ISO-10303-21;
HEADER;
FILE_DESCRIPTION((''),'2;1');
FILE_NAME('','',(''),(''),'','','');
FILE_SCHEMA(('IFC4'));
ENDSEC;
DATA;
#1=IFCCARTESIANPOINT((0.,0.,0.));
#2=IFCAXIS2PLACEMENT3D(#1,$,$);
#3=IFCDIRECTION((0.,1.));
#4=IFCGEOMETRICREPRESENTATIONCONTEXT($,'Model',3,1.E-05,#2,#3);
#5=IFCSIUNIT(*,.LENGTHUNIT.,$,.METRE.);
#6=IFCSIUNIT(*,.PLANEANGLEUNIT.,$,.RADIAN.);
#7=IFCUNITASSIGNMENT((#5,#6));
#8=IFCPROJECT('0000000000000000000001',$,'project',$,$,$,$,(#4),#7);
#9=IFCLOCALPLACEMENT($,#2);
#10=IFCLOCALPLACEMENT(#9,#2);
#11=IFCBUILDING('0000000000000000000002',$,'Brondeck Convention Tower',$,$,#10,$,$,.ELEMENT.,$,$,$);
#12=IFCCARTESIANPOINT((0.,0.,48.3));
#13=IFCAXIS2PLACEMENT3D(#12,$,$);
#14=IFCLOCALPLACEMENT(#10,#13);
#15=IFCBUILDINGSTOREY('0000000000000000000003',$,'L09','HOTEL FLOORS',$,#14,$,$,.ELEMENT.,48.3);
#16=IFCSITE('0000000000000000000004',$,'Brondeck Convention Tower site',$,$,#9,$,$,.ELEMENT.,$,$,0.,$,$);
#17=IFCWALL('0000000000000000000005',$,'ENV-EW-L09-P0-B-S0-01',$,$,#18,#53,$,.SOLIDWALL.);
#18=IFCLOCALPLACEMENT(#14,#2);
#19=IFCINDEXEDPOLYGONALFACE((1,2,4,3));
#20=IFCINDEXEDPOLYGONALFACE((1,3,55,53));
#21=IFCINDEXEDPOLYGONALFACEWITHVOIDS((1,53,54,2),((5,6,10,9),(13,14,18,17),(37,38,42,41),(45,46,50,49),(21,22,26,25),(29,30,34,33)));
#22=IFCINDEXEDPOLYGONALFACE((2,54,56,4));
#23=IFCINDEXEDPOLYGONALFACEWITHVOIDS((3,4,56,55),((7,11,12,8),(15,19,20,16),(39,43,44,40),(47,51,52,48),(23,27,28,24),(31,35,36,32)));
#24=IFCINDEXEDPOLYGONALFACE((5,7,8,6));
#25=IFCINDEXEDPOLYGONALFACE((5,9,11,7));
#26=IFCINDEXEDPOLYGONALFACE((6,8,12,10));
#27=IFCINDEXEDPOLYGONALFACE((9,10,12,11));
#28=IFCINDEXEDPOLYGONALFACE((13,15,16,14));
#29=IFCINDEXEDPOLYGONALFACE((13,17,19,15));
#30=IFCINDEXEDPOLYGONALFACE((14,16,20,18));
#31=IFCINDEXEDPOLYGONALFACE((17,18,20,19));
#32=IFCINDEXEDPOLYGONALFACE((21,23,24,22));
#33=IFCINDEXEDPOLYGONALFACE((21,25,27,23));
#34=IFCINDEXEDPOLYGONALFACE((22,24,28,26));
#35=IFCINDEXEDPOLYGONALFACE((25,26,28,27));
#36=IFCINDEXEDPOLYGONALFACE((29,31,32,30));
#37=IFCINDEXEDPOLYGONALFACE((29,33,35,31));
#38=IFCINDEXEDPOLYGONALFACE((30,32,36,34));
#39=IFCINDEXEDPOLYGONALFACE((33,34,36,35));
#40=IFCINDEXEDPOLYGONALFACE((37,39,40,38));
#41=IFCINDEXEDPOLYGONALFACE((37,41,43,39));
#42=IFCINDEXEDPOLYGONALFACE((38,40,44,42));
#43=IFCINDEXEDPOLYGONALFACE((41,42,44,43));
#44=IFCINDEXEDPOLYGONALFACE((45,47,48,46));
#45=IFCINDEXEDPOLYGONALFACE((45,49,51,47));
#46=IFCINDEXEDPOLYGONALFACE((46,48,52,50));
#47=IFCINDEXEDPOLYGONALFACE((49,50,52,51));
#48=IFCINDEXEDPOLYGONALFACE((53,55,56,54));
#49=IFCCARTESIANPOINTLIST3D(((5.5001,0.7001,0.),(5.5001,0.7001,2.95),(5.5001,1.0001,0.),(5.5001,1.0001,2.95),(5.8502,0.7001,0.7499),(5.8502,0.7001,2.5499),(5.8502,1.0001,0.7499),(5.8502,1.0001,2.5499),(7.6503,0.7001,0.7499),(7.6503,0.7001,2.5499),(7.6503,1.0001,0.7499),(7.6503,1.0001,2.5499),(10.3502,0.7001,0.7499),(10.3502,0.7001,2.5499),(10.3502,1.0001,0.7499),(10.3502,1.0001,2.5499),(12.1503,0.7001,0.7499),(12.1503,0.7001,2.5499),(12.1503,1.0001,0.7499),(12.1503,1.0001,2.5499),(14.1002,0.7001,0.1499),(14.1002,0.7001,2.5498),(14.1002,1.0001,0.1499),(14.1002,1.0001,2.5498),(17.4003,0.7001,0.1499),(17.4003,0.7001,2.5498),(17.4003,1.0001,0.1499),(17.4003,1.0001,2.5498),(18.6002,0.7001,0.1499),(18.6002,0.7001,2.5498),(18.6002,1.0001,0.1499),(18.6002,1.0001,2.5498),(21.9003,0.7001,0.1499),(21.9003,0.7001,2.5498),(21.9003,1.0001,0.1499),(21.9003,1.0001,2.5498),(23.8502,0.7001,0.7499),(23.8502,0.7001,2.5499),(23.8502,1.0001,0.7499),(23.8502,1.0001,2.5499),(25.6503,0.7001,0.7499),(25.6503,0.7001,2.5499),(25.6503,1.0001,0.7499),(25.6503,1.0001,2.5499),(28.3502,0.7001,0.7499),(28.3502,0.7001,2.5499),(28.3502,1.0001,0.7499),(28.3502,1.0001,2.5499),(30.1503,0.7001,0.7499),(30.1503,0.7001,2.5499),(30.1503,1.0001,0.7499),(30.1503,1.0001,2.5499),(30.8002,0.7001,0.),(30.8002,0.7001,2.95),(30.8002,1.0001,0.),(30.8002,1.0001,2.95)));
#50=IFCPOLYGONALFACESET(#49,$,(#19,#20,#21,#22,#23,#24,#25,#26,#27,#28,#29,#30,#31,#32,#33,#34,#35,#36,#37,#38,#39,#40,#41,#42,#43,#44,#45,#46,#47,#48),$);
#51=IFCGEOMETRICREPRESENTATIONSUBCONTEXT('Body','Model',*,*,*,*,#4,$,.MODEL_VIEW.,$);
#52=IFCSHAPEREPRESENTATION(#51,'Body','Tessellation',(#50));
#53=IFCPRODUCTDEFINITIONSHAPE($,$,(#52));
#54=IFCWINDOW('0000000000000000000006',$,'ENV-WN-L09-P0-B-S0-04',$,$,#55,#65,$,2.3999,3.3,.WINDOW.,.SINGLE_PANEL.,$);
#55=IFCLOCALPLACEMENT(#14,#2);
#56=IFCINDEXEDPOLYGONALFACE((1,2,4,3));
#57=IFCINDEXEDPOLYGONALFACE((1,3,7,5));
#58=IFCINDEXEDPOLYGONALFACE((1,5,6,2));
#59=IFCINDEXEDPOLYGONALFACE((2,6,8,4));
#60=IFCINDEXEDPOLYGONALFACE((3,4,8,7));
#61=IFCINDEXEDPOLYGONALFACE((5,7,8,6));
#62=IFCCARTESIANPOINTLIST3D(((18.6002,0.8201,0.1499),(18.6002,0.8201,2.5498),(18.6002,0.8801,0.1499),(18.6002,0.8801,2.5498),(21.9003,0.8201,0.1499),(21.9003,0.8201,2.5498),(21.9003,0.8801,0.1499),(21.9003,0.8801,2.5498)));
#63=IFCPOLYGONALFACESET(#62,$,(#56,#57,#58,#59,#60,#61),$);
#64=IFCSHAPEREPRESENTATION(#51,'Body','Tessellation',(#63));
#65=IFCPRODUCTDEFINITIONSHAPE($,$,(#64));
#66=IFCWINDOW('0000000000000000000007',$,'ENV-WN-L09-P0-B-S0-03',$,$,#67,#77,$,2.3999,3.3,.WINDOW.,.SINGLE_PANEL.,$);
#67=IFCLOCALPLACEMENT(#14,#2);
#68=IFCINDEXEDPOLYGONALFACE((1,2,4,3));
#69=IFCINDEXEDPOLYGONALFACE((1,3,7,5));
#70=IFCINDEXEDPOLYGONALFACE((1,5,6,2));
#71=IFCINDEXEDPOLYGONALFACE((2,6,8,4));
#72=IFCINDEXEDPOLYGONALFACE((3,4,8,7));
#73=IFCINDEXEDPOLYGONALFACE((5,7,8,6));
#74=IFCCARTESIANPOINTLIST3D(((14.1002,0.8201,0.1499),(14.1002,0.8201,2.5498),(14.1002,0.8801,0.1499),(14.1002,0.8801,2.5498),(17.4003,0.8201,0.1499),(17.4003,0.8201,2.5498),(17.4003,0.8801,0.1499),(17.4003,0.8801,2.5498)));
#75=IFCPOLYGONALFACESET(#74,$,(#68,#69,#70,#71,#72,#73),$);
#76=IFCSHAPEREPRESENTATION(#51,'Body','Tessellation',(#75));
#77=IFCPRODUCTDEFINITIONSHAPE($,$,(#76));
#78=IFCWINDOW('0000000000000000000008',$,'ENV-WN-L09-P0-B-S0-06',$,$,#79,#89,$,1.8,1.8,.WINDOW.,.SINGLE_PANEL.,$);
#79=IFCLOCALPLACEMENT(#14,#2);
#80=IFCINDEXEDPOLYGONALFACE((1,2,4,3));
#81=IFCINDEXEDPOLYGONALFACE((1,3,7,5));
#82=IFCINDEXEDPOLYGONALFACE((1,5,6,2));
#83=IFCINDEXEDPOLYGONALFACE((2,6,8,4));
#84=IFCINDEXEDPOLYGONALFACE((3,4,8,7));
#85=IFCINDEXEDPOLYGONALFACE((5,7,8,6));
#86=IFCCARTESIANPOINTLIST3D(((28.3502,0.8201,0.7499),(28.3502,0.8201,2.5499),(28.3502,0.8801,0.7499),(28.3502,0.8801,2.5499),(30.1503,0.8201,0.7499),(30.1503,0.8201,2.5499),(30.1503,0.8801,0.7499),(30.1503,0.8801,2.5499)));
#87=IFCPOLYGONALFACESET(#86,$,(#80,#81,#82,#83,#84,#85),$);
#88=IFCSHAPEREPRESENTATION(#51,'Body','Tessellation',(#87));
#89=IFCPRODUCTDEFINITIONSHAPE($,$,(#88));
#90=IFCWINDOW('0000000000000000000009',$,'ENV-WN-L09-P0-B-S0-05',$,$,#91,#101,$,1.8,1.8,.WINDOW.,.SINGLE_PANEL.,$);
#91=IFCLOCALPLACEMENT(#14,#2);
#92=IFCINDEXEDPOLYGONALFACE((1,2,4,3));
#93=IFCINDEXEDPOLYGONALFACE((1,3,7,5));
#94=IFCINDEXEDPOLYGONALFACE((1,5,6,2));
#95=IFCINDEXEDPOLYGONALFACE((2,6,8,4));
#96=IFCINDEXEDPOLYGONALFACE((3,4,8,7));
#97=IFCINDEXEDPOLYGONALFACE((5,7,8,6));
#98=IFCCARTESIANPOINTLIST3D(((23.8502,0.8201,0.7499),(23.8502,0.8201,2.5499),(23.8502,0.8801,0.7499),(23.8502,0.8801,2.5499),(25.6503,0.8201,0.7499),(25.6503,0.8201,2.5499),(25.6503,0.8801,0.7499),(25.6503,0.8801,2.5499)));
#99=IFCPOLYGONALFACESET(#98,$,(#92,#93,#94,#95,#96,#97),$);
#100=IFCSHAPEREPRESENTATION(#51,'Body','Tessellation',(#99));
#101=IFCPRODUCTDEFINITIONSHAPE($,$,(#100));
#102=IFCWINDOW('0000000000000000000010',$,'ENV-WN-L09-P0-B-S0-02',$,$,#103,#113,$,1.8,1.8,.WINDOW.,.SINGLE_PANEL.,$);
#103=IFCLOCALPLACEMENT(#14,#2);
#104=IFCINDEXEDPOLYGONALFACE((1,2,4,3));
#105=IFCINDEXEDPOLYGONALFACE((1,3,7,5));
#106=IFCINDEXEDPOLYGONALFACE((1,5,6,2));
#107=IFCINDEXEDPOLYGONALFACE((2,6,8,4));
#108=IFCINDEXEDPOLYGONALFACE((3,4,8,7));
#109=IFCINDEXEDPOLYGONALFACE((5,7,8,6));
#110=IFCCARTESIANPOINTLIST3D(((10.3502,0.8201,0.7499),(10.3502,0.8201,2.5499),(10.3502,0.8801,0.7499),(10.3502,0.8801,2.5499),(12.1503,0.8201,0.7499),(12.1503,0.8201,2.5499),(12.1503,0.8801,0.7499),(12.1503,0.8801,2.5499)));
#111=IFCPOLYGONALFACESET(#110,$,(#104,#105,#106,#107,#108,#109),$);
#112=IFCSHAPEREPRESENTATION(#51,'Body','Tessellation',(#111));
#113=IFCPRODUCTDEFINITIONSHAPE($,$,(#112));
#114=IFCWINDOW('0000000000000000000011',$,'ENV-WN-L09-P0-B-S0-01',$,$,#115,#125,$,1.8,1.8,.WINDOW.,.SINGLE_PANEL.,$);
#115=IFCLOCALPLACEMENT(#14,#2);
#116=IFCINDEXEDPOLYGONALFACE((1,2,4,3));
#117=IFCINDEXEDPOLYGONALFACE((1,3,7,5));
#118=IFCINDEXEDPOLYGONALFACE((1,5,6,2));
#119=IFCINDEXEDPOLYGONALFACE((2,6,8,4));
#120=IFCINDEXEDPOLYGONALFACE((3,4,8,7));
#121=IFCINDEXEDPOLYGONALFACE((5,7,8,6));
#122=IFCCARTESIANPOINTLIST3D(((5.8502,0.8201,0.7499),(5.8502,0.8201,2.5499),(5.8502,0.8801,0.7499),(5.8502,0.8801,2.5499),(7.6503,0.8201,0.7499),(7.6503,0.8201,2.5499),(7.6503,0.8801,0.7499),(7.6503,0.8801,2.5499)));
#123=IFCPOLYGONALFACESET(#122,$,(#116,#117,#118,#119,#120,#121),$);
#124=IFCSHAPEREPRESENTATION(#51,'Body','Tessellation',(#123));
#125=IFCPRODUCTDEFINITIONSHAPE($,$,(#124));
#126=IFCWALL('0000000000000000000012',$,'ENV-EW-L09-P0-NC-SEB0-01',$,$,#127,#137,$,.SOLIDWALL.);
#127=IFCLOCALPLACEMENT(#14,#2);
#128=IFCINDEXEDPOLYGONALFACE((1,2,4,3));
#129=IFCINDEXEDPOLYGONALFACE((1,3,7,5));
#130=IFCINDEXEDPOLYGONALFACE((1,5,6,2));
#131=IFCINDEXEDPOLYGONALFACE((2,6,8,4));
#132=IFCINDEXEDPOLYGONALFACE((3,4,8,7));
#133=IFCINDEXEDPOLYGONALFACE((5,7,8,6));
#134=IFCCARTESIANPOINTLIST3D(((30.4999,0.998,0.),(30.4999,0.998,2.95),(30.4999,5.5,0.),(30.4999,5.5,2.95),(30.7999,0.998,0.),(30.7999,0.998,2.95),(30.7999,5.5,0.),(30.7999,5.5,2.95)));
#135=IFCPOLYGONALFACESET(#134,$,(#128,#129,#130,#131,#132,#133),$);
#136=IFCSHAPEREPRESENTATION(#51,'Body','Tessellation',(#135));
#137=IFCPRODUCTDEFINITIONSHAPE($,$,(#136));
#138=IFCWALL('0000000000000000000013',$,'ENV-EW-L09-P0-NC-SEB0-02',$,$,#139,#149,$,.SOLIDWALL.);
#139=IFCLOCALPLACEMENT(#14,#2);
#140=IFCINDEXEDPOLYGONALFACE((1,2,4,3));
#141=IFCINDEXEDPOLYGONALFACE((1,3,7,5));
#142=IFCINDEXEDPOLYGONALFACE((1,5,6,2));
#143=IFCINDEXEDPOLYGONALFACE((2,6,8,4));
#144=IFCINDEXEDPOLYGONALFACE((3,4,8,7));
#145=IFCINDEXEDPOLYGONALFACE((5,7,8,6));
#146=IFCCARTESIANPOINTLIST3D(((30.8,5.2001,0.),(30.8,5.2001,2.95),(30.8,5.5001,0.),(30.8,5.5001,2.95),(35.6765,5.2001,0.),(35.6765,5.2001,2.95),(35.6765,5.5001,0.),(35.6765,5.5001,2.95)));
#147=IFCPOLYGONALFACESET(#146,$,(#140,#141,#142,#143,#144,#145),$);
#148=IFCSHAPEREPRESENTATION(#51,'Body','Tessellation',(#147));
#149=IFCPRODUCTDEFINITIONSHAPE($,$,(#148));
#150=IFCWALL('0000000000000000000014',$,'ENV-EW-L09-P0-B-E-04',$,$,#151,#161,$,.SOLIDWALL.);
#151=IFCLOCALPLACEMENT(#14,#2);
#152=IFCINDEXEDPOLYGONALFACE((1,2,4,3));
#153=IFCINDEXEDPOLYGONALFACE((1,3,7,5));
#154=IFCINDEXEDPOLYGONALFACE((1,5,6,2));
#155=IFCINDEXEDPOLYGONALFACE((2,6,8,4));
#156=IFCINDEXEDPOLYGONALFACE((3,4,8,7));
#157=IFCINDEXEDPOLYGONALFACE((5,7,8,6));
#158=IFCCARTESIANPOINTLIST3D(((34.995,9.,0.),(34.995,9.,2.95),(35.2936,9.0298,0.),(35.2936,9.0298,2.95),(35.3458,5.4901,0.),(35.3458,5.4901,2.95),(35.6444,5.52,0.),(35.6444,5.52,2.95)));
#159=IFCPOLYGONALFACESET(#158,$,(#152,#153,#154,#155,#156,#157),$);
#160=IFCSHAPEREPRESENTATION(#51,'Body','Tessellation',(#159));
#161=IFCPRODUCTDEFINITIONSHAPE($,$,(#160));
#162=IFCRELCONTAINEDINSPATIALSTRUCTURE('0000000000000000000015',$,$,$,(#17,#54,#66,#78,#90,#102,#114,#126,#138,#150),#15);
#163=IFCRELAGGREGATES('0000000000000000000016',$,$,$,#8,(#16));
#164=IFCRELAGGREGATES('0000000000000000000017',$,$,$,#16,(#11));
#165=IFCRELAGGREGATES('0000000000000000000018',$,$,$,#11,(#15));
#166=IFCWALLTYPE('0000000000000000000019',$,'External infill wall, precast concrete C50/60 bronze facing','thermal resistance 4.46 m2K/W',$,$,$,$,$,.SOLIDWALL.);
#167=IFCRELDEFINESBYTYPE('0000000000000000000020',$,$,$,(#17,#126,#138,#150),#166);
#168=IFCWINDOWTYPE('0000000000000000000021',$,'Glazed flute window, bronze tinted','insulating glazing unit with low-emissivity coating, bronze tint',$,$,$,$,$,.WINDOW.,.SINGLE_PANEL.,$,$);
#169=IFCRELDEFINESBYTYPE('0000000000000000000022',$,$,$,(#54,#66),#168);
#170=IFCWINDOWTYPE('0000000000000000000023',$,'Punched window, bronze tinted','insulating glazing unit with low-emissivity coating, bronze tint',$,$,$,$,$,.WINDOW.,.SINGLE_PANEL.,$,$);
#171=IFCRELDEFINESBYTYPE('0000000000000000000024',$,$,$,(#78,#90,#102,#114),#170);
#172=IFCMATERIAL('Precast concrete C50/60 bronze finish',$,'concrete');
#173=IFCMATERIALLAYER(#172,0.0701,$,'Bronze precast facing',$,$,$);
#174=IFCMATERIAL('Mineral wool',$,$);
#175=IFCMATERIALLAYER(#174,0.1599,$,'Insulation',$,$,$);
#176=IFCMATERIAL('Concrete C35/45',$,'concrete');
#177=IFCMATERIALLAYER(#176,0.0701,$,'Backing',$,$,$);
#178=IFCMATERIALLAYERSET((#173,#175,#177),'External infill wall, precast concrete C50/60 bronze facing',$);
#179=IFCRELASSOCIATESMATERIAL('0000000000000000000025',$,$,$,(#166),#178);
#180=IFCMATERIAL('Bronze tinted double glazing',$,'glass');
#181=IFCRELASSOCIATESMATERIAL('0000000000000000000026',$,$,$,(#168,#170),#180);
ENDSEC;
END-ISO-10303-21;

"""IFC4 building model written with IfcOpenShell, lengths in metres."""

from ifc_helpers import new_model, si_unit, direction, frame, frame_2d, origin, place, context, subcontext, project, spatial, rectangle, extrude, material, layer, layer_set, type_object, element, fill, save


model = new_model("IFC4")

# Units and contexts
model_context = context("Model", 3, precision=1e-05, world=origin(), true_north=direction((0.0, 1.0)))
body_context = subcontext(model_context, "Body", "Model", "MODEL_VIEW")
ifc_project = project(units=[si_unit("LENGTHUNIT", "METRE"), si_unit("PLANEANGLEUNIT", "RADIAN")], contexts=[model_context])

# Site, building, storey
site_placement = place(None, origin())
site = spatial("IfcSite", under=ifc_project, at=site_placement, Name="Brondeck Convention Tower site", CompositionType="ELEMENT", RefElevation=0.0)
building_placement = place(site_placement, origin())
building = spatial("IfcBuilding", under=site, at=building_placement, Name="Brondeck Convention Tower", CompositionType="ELEMENT")
storey_placement = place(building_placement, frame((0.0, 0.0, 48.3)))
storey = spatial("IfcBuildingStorey", under=building, at=storey_placement, Name="L09", Description="HOTEL FLOORS", CompositionType="ELEMENT", Elevation=48.3)

# Wall, openings, windows
ifc_material_1 = material(Name="Precast concrete C50/60 bronze finish", Category="concrete")
ifc_layer_1 = layer(ifc_material_1, 0.0701, Name="Bronze precast facing")
ifc_material_2 = material(Name="Mineral wool")
ifc_layer_2 = layer(ifc_material_2, 0.1599, Name="Insulation")
ifc_material_3 = material(Name="Concrete C35/45", Category="concrete")
ifc_layer_3 = layer(ifc_material_3, 0.0701, Name="Backing")
ifc_layer_set_1 = layer_set([ifc_layer_1, ifc_layer_2, ifc_layer_3], Name="External infill wall, precast concrete C50/60 bronze facing")
wall_type_1 = type_object("IfcWallType", Name="External infill wall, precast concrete C50/60 bronze facing", Description="thermal resistance 4.46 m2K/W", PredefinedType="SOLIDWALL", material=ifc_layer_set_1)
wall_1_placement = place(storey_placement, frame((30.8, 0.8501, 0.0), z_axis=(0.0, 0.0, 1.0), x_axis=(-1.0, 0.0, 0.0)))
wall_1 = element("IfcWall", 1, at=wall_1_placement, inside=storey, type_object=wall_type_1, Name="ENV-EW-L09-P0-B-S0-01", PredefinedType="SOLIDWALL", context=body_context, shape_type="SweptSolid", body=[
    extrude(rectangle(XDim=25.3, YDim=0.3, at=frame_2d((12.6499, 0.0))), origin(), (0.0, 0.0, 1.0), 2.95),
])
opening_1_placement = place(wall_1_placement, frame((0.6499, 0.0, 0.75)))
opening_1 = element("IfcOpeningElement", 2, at=opening_1_placement, cuts=wall_1, PredefinedType="OPENING", context=body_context, shape_type="SweptSolid", body=[
    extrude(rectangle(XDim=1.8, YDim=1.8, at=frame_2d((0.8999, 0.8999))), frame((0.0, 0.1599, 0.0), z_axis=(0.0, -1.0, 0.0), x_axis=(1.0, 0.0, 0.0)), (0.0, 0.0, 1.0), 0.3201),
])
opening_2_placement = place(wall_1_placement, frame((5.1499, 0.0, 0.75)))
opening_2 = element("IfcOpeningElement", 3, at=opening_2_placement, cuts=wall_1, PredefinedType="OPENING", context=body_context, shape_type="SweptSolid", body=[
    extrude(rectangle(XDim=1.8, YDim=1.8, at=frame_2d((0.8999, 0.8999))), frame((0.0, 0.1599, 0.0), z_axis=(0.0, -1.0, 0.0), x_axis=(1.0, 0.0, 0.0)), (0.0, 0.0, 1.0), 0.3201),
])
opening_3_placement = place(wall_1_placement, frame((8.8999, 0.0, 0.1499)))
opening_3 = element("IfcOpeningElement", 4, at=opening_3_placement, cuts=wall_1, PredefinedType="OPENING", context=body_context, shape_type="SweptSolid", body=[
    extrude(rectangle(XDim=3.3, YDim=2.3999, at=frame_2d((1.6499, 1.2))), frame((0.0, 0.1599, 0.0), z_axis=(0.0, -1.0, 0.0), x_axis=(1.0, 0.0, 0.0)), (0.0, 0.0, 1.0), 0.3201),
])
opening_4_placement = place(wall_1_placement, frame((13.3999, 0.0, 0.1499)))
opening_4 = element("IfcOpeningElement", 5, at=opening_4_placement, cuts=wall_1, PredefinedType="OPENING", context=body_context, shape_type="SweptSolid", body=[
    extrude(rectangle(XDim=3.3, YDim=2.3999, at=frame_2d((1.6499, 1.2))), frame((0.0, 0.1599, 0.0), z_axis=(0.0, -1.0, 0.0), x_axis=(1.0, 0.0, 0.0)), (0.0, 0.0, 1.0), 0.3201),
])
opening_5_placement = place(wall_1_placement, frame((18.6499, 0.0, 0.75)))
opening_5 = element("IfcOpeningElement", 6, at=opening_5_placement, cuts=wall_1, PredefinedType="OPENING", context=body_context, shape_type="SweptSolid", body=[
    extrude(rectangle(XDim=1.8, YDim=1.8, at=frame_2d((0.8999, 0.8999))), frame((0.0, 0.1599, 0.0), z_axis=(0.0, -1.0, 0.0), x_axis=(1.0, 0.0, 0.0)), (0.0, 0.0, 1.0), 0.3201),
])
opening_6_placement = place(wall_1_placement, frame((23.1499, 0.0, 0.75)))
opening_6 = element("IfcOpeningElement", 7, at=opening_6_placement, cuts=wall_1, PredefinedType="OPENING", context=body_context, shape_type="SweptSolid", body=[
    extrude(rectangle(XDim=1.8, YDim=1.8, at=frame_2d((0.8999, 0.8999))), frame((0.0, 0.1599, 0.0), z_axis=(0.0, -1.0, 0.0), x_axis=(1.0, 0.0, 0.0)), (0.0, 0.0, 1.0), 0.3201),
])
ifc_material_4 = material(Name="Bronze tinted double glazing", Category="glass")
window_type_1 = type_object("IfcWindowType", Name="Glazed flute window, bronze tinted", Description="insulating glazing unit with low-emissivity coating, bronze tint", PartitioningType="SINGLE_PANEL", PredefinedType="WINDOW", material=ifc_material_4)
window_1_placement = place(opening_3_placement, origin())
window_1 = element("IfcWindow", 8, at=window_1_placement, inside=storey, type_object=window_type_1, Name="ENV-WN-L09-P0-B-S0-04", OverallHeight=2.3999, OverallWidth=3.3, PartitioningType="SINGLE_PANEL", PredefinedType="WINDOW", context=body_context, shape_type="SweptSolid", body=[
    extrude(rectangle(XDim=3.3, YDim=2.3999, at=frame_2d((1.6499, 1.2))), frame((0.0, 0.03, 0.0), z_axis=(0.0, -1.0, 0.0), x_axis=(1.0, 0.0, 0.0)), (0.0, 0.0, 1.0), 0.0601),
])
fill(opening_3, window_1)
window_2_placement = place(opening_4_placement, origin())
window_2 = element("IfcWindow", 9, at=window_2_placement, inside=storey, type_object=window_type_1, Name="ENV-WN-L09-P0-B-S0-03", OverallHeight=2.3999, OverallWidth=3.3, PartitioningType="SINGLE_PANEL", PredefinedType="WINDOW", context=body_context, shape_type="SweptSolid", body=[
    extrude(rectangle(XDim=3.3, YDim=2.3999, at=frame_2d((1.6499, 1.2))), frame((0.0, 0.03, 0.0), z_axis=(0.0, -1.0, 0.0), x_axis=(1.0, 0.0, 0.0)), (0.0, 0.0, 1.0), 0.0601),
])
fill(opening_4, window_2)
window_type_2 = type_object("IfcWindowType", Name="Punched window, bronze tinted", Description="insulating glazing unit with low-emissivity coating, bronze tint", PartitioningType="SINGLE_PANEL", PredefinedType="WINDOW", material=ifc_material_4)
window_3_placement = place(opening_1_placement, origin())
window_3 = element("IfcWindow", 10, at=window_3_placement, inside=storey, type_object=window_type_2, Name="ENV-WN-L09-P0-B-S0-06", OverallHeight=1.8, OverallWidth=1.8, PartitioningType="SINGLE_PANEL", PredefinedType="WINDOW", context=body_context, shape_type="SweptSolid", body=[
    extrude(rectangle(XDim=1.8, YDim=1.8, at=frame_2d((0.8999, 0.8999))), frame((0.0, 0.03, 0.0), z_axis=(0.0, -1.0, 0.0), x_axis=(1.0, 0.0, 0.0)), (0.0, 0.0, 1.0), 0.0601),
])
fill(opening_1, window_3)
window_4_placement = place(opening_2_placement, origin())
window_4 = element("IfcWindow", 11, at=window_4_placement, inside=storey, type_object=window_type_2, Name="ENV-WN-L09-P0-B-S0-05", OverallHeight=1.8, OverallWidth=1.8, PartitioningType="SINGLE_PANEL", PredefinedType="WINDOW", context=body_context, shape_type="SweptSolid", body=[
    extrude(rectangle(XDim=1.8, YDim=1.8, at=frame_2d((0.8999, 0.8999))), frame((0.0, 0.03, 0.0), z_axis=(0.0, -1.0, 0.0), x_axis=(1.0, 0.0, 0.0)), (0.0, 0.0, 1.0), 0.0601),
])
fill(opening_2, window_4)
window_5_placement = place(opening_5_placement, origin())
window_5 = element("IfcWindow", 12, at=window_5_placement, inside=storey, type_object=window_type_2, Name="ENV-WN-L09-P0-B-S0-02", OverallHeight=1.8, OverallWidth=1.8, PartitioningType="SINGLE_PANEL", PredefinedType="WINDOW", context=body_context, shape_type="SweptSolid", body=[
    extrude(rectangle(XDim=1.8, YDim=1.8, at=frame_2d((0.8999, 0.8999))), frame((0.0, 0.03, 0.0), z_axis=(0.0, -1.0, 0.0), x_axis=(1.0, 0.0, 0.0)), (0.0, 0.0, 1.0), 0.0601),
])
fill(opening_5, window_5)
window_6_placement = place(opening_6_placement, origin())
window_6 = element("IfcWindow", 13, at=window_6_placement, inside=storey, type_object=window_type_2, Name="ENV-WN-L09-P0-B-S0-01", OverallHeight=1.8, OverallWidth=1.8, PartitioningType="SINGLE_PANEL", PredefinedType="WINDOW", context=body_context, shape_type="SweptSolid", body=[
    extrude(rectangle(XDim=1.8, YDim=1.8, at=frame_2d((0.8999, 0.8999))), frame((0.0, 0.03, 0.0), z_axis=(0.0, -1.0, 0.0), x_axis=(1.0, 0.0, 0.0)), (0.0, 0.0, 1.0), 0.0601),
])
fill(opening_6, window_6)

# Walls
wall_2_placement = place(storey_placement, frame((30.6499, 5.5, 0.0), z_axis=(0.0, 0.0, 1.0), x_axis=(0.0, -1.0, 0.0)))
element("IfcWall", 14, at=wall_2_placement, inside=storey, type_object=wall_type_1, Name="ENV-EW-L09-P0-NC-SEB0-01", PredefinedType="SOLIDWALL", context=body_context, shape_type="SweptSolid", body=[
    extrude(rectangle(XDim=4.502, YDim=0.3, at=frame_2d((2.251, 0.0))), origin(), (0.0, 0.0, 1.0), 2.95),
])
wall_3_placement = place(storey_placement, frame((35.6765, 5.3501, 0.0), z_axis=(0.0, 0.0, 1.0), x_axis=(-1.0, 0.0, 0.0)))
element("IfcWall", 15, at=wall_3_placement, inside=storey, type_object=wall_type_1, Name="ENV-EW-L09-P0-NC-SEB0-02", PredefinedType="SOLIDWALL", context=body_context, shape_type="SweptSolid", body=[
    extrude(rectangle(XDim=4.8765, YDim=0.3, at=frame_2d((2.4382, 0.0))), origin(), (0.0, 0.0, 1.0), 2.95),
])
wall_4_placement = place(storey_placement, frame((35.1443, 9.0149, 0.0), z_axis=(0.0, 0.0, 1.0), x_axis=(0.099463, -0.995041, 0.0)))
element("IfcWall", 16, at=wall_4_placement, inside=storey, type_object=wall_type_1, Name="ENV-EW-L09-P0-B-E-04", PredefinedType="SOLIDWALL", context=body_context, shape_type="SweptSolid", body=[
    extrude(rectangle(XDim=3.5273, YDim=0.3, at=frame_2d((1.7637, 0.0))), origin(), (0.0, 0.0, 1.0), 2.95),
])

save(model, "model.ifc")
